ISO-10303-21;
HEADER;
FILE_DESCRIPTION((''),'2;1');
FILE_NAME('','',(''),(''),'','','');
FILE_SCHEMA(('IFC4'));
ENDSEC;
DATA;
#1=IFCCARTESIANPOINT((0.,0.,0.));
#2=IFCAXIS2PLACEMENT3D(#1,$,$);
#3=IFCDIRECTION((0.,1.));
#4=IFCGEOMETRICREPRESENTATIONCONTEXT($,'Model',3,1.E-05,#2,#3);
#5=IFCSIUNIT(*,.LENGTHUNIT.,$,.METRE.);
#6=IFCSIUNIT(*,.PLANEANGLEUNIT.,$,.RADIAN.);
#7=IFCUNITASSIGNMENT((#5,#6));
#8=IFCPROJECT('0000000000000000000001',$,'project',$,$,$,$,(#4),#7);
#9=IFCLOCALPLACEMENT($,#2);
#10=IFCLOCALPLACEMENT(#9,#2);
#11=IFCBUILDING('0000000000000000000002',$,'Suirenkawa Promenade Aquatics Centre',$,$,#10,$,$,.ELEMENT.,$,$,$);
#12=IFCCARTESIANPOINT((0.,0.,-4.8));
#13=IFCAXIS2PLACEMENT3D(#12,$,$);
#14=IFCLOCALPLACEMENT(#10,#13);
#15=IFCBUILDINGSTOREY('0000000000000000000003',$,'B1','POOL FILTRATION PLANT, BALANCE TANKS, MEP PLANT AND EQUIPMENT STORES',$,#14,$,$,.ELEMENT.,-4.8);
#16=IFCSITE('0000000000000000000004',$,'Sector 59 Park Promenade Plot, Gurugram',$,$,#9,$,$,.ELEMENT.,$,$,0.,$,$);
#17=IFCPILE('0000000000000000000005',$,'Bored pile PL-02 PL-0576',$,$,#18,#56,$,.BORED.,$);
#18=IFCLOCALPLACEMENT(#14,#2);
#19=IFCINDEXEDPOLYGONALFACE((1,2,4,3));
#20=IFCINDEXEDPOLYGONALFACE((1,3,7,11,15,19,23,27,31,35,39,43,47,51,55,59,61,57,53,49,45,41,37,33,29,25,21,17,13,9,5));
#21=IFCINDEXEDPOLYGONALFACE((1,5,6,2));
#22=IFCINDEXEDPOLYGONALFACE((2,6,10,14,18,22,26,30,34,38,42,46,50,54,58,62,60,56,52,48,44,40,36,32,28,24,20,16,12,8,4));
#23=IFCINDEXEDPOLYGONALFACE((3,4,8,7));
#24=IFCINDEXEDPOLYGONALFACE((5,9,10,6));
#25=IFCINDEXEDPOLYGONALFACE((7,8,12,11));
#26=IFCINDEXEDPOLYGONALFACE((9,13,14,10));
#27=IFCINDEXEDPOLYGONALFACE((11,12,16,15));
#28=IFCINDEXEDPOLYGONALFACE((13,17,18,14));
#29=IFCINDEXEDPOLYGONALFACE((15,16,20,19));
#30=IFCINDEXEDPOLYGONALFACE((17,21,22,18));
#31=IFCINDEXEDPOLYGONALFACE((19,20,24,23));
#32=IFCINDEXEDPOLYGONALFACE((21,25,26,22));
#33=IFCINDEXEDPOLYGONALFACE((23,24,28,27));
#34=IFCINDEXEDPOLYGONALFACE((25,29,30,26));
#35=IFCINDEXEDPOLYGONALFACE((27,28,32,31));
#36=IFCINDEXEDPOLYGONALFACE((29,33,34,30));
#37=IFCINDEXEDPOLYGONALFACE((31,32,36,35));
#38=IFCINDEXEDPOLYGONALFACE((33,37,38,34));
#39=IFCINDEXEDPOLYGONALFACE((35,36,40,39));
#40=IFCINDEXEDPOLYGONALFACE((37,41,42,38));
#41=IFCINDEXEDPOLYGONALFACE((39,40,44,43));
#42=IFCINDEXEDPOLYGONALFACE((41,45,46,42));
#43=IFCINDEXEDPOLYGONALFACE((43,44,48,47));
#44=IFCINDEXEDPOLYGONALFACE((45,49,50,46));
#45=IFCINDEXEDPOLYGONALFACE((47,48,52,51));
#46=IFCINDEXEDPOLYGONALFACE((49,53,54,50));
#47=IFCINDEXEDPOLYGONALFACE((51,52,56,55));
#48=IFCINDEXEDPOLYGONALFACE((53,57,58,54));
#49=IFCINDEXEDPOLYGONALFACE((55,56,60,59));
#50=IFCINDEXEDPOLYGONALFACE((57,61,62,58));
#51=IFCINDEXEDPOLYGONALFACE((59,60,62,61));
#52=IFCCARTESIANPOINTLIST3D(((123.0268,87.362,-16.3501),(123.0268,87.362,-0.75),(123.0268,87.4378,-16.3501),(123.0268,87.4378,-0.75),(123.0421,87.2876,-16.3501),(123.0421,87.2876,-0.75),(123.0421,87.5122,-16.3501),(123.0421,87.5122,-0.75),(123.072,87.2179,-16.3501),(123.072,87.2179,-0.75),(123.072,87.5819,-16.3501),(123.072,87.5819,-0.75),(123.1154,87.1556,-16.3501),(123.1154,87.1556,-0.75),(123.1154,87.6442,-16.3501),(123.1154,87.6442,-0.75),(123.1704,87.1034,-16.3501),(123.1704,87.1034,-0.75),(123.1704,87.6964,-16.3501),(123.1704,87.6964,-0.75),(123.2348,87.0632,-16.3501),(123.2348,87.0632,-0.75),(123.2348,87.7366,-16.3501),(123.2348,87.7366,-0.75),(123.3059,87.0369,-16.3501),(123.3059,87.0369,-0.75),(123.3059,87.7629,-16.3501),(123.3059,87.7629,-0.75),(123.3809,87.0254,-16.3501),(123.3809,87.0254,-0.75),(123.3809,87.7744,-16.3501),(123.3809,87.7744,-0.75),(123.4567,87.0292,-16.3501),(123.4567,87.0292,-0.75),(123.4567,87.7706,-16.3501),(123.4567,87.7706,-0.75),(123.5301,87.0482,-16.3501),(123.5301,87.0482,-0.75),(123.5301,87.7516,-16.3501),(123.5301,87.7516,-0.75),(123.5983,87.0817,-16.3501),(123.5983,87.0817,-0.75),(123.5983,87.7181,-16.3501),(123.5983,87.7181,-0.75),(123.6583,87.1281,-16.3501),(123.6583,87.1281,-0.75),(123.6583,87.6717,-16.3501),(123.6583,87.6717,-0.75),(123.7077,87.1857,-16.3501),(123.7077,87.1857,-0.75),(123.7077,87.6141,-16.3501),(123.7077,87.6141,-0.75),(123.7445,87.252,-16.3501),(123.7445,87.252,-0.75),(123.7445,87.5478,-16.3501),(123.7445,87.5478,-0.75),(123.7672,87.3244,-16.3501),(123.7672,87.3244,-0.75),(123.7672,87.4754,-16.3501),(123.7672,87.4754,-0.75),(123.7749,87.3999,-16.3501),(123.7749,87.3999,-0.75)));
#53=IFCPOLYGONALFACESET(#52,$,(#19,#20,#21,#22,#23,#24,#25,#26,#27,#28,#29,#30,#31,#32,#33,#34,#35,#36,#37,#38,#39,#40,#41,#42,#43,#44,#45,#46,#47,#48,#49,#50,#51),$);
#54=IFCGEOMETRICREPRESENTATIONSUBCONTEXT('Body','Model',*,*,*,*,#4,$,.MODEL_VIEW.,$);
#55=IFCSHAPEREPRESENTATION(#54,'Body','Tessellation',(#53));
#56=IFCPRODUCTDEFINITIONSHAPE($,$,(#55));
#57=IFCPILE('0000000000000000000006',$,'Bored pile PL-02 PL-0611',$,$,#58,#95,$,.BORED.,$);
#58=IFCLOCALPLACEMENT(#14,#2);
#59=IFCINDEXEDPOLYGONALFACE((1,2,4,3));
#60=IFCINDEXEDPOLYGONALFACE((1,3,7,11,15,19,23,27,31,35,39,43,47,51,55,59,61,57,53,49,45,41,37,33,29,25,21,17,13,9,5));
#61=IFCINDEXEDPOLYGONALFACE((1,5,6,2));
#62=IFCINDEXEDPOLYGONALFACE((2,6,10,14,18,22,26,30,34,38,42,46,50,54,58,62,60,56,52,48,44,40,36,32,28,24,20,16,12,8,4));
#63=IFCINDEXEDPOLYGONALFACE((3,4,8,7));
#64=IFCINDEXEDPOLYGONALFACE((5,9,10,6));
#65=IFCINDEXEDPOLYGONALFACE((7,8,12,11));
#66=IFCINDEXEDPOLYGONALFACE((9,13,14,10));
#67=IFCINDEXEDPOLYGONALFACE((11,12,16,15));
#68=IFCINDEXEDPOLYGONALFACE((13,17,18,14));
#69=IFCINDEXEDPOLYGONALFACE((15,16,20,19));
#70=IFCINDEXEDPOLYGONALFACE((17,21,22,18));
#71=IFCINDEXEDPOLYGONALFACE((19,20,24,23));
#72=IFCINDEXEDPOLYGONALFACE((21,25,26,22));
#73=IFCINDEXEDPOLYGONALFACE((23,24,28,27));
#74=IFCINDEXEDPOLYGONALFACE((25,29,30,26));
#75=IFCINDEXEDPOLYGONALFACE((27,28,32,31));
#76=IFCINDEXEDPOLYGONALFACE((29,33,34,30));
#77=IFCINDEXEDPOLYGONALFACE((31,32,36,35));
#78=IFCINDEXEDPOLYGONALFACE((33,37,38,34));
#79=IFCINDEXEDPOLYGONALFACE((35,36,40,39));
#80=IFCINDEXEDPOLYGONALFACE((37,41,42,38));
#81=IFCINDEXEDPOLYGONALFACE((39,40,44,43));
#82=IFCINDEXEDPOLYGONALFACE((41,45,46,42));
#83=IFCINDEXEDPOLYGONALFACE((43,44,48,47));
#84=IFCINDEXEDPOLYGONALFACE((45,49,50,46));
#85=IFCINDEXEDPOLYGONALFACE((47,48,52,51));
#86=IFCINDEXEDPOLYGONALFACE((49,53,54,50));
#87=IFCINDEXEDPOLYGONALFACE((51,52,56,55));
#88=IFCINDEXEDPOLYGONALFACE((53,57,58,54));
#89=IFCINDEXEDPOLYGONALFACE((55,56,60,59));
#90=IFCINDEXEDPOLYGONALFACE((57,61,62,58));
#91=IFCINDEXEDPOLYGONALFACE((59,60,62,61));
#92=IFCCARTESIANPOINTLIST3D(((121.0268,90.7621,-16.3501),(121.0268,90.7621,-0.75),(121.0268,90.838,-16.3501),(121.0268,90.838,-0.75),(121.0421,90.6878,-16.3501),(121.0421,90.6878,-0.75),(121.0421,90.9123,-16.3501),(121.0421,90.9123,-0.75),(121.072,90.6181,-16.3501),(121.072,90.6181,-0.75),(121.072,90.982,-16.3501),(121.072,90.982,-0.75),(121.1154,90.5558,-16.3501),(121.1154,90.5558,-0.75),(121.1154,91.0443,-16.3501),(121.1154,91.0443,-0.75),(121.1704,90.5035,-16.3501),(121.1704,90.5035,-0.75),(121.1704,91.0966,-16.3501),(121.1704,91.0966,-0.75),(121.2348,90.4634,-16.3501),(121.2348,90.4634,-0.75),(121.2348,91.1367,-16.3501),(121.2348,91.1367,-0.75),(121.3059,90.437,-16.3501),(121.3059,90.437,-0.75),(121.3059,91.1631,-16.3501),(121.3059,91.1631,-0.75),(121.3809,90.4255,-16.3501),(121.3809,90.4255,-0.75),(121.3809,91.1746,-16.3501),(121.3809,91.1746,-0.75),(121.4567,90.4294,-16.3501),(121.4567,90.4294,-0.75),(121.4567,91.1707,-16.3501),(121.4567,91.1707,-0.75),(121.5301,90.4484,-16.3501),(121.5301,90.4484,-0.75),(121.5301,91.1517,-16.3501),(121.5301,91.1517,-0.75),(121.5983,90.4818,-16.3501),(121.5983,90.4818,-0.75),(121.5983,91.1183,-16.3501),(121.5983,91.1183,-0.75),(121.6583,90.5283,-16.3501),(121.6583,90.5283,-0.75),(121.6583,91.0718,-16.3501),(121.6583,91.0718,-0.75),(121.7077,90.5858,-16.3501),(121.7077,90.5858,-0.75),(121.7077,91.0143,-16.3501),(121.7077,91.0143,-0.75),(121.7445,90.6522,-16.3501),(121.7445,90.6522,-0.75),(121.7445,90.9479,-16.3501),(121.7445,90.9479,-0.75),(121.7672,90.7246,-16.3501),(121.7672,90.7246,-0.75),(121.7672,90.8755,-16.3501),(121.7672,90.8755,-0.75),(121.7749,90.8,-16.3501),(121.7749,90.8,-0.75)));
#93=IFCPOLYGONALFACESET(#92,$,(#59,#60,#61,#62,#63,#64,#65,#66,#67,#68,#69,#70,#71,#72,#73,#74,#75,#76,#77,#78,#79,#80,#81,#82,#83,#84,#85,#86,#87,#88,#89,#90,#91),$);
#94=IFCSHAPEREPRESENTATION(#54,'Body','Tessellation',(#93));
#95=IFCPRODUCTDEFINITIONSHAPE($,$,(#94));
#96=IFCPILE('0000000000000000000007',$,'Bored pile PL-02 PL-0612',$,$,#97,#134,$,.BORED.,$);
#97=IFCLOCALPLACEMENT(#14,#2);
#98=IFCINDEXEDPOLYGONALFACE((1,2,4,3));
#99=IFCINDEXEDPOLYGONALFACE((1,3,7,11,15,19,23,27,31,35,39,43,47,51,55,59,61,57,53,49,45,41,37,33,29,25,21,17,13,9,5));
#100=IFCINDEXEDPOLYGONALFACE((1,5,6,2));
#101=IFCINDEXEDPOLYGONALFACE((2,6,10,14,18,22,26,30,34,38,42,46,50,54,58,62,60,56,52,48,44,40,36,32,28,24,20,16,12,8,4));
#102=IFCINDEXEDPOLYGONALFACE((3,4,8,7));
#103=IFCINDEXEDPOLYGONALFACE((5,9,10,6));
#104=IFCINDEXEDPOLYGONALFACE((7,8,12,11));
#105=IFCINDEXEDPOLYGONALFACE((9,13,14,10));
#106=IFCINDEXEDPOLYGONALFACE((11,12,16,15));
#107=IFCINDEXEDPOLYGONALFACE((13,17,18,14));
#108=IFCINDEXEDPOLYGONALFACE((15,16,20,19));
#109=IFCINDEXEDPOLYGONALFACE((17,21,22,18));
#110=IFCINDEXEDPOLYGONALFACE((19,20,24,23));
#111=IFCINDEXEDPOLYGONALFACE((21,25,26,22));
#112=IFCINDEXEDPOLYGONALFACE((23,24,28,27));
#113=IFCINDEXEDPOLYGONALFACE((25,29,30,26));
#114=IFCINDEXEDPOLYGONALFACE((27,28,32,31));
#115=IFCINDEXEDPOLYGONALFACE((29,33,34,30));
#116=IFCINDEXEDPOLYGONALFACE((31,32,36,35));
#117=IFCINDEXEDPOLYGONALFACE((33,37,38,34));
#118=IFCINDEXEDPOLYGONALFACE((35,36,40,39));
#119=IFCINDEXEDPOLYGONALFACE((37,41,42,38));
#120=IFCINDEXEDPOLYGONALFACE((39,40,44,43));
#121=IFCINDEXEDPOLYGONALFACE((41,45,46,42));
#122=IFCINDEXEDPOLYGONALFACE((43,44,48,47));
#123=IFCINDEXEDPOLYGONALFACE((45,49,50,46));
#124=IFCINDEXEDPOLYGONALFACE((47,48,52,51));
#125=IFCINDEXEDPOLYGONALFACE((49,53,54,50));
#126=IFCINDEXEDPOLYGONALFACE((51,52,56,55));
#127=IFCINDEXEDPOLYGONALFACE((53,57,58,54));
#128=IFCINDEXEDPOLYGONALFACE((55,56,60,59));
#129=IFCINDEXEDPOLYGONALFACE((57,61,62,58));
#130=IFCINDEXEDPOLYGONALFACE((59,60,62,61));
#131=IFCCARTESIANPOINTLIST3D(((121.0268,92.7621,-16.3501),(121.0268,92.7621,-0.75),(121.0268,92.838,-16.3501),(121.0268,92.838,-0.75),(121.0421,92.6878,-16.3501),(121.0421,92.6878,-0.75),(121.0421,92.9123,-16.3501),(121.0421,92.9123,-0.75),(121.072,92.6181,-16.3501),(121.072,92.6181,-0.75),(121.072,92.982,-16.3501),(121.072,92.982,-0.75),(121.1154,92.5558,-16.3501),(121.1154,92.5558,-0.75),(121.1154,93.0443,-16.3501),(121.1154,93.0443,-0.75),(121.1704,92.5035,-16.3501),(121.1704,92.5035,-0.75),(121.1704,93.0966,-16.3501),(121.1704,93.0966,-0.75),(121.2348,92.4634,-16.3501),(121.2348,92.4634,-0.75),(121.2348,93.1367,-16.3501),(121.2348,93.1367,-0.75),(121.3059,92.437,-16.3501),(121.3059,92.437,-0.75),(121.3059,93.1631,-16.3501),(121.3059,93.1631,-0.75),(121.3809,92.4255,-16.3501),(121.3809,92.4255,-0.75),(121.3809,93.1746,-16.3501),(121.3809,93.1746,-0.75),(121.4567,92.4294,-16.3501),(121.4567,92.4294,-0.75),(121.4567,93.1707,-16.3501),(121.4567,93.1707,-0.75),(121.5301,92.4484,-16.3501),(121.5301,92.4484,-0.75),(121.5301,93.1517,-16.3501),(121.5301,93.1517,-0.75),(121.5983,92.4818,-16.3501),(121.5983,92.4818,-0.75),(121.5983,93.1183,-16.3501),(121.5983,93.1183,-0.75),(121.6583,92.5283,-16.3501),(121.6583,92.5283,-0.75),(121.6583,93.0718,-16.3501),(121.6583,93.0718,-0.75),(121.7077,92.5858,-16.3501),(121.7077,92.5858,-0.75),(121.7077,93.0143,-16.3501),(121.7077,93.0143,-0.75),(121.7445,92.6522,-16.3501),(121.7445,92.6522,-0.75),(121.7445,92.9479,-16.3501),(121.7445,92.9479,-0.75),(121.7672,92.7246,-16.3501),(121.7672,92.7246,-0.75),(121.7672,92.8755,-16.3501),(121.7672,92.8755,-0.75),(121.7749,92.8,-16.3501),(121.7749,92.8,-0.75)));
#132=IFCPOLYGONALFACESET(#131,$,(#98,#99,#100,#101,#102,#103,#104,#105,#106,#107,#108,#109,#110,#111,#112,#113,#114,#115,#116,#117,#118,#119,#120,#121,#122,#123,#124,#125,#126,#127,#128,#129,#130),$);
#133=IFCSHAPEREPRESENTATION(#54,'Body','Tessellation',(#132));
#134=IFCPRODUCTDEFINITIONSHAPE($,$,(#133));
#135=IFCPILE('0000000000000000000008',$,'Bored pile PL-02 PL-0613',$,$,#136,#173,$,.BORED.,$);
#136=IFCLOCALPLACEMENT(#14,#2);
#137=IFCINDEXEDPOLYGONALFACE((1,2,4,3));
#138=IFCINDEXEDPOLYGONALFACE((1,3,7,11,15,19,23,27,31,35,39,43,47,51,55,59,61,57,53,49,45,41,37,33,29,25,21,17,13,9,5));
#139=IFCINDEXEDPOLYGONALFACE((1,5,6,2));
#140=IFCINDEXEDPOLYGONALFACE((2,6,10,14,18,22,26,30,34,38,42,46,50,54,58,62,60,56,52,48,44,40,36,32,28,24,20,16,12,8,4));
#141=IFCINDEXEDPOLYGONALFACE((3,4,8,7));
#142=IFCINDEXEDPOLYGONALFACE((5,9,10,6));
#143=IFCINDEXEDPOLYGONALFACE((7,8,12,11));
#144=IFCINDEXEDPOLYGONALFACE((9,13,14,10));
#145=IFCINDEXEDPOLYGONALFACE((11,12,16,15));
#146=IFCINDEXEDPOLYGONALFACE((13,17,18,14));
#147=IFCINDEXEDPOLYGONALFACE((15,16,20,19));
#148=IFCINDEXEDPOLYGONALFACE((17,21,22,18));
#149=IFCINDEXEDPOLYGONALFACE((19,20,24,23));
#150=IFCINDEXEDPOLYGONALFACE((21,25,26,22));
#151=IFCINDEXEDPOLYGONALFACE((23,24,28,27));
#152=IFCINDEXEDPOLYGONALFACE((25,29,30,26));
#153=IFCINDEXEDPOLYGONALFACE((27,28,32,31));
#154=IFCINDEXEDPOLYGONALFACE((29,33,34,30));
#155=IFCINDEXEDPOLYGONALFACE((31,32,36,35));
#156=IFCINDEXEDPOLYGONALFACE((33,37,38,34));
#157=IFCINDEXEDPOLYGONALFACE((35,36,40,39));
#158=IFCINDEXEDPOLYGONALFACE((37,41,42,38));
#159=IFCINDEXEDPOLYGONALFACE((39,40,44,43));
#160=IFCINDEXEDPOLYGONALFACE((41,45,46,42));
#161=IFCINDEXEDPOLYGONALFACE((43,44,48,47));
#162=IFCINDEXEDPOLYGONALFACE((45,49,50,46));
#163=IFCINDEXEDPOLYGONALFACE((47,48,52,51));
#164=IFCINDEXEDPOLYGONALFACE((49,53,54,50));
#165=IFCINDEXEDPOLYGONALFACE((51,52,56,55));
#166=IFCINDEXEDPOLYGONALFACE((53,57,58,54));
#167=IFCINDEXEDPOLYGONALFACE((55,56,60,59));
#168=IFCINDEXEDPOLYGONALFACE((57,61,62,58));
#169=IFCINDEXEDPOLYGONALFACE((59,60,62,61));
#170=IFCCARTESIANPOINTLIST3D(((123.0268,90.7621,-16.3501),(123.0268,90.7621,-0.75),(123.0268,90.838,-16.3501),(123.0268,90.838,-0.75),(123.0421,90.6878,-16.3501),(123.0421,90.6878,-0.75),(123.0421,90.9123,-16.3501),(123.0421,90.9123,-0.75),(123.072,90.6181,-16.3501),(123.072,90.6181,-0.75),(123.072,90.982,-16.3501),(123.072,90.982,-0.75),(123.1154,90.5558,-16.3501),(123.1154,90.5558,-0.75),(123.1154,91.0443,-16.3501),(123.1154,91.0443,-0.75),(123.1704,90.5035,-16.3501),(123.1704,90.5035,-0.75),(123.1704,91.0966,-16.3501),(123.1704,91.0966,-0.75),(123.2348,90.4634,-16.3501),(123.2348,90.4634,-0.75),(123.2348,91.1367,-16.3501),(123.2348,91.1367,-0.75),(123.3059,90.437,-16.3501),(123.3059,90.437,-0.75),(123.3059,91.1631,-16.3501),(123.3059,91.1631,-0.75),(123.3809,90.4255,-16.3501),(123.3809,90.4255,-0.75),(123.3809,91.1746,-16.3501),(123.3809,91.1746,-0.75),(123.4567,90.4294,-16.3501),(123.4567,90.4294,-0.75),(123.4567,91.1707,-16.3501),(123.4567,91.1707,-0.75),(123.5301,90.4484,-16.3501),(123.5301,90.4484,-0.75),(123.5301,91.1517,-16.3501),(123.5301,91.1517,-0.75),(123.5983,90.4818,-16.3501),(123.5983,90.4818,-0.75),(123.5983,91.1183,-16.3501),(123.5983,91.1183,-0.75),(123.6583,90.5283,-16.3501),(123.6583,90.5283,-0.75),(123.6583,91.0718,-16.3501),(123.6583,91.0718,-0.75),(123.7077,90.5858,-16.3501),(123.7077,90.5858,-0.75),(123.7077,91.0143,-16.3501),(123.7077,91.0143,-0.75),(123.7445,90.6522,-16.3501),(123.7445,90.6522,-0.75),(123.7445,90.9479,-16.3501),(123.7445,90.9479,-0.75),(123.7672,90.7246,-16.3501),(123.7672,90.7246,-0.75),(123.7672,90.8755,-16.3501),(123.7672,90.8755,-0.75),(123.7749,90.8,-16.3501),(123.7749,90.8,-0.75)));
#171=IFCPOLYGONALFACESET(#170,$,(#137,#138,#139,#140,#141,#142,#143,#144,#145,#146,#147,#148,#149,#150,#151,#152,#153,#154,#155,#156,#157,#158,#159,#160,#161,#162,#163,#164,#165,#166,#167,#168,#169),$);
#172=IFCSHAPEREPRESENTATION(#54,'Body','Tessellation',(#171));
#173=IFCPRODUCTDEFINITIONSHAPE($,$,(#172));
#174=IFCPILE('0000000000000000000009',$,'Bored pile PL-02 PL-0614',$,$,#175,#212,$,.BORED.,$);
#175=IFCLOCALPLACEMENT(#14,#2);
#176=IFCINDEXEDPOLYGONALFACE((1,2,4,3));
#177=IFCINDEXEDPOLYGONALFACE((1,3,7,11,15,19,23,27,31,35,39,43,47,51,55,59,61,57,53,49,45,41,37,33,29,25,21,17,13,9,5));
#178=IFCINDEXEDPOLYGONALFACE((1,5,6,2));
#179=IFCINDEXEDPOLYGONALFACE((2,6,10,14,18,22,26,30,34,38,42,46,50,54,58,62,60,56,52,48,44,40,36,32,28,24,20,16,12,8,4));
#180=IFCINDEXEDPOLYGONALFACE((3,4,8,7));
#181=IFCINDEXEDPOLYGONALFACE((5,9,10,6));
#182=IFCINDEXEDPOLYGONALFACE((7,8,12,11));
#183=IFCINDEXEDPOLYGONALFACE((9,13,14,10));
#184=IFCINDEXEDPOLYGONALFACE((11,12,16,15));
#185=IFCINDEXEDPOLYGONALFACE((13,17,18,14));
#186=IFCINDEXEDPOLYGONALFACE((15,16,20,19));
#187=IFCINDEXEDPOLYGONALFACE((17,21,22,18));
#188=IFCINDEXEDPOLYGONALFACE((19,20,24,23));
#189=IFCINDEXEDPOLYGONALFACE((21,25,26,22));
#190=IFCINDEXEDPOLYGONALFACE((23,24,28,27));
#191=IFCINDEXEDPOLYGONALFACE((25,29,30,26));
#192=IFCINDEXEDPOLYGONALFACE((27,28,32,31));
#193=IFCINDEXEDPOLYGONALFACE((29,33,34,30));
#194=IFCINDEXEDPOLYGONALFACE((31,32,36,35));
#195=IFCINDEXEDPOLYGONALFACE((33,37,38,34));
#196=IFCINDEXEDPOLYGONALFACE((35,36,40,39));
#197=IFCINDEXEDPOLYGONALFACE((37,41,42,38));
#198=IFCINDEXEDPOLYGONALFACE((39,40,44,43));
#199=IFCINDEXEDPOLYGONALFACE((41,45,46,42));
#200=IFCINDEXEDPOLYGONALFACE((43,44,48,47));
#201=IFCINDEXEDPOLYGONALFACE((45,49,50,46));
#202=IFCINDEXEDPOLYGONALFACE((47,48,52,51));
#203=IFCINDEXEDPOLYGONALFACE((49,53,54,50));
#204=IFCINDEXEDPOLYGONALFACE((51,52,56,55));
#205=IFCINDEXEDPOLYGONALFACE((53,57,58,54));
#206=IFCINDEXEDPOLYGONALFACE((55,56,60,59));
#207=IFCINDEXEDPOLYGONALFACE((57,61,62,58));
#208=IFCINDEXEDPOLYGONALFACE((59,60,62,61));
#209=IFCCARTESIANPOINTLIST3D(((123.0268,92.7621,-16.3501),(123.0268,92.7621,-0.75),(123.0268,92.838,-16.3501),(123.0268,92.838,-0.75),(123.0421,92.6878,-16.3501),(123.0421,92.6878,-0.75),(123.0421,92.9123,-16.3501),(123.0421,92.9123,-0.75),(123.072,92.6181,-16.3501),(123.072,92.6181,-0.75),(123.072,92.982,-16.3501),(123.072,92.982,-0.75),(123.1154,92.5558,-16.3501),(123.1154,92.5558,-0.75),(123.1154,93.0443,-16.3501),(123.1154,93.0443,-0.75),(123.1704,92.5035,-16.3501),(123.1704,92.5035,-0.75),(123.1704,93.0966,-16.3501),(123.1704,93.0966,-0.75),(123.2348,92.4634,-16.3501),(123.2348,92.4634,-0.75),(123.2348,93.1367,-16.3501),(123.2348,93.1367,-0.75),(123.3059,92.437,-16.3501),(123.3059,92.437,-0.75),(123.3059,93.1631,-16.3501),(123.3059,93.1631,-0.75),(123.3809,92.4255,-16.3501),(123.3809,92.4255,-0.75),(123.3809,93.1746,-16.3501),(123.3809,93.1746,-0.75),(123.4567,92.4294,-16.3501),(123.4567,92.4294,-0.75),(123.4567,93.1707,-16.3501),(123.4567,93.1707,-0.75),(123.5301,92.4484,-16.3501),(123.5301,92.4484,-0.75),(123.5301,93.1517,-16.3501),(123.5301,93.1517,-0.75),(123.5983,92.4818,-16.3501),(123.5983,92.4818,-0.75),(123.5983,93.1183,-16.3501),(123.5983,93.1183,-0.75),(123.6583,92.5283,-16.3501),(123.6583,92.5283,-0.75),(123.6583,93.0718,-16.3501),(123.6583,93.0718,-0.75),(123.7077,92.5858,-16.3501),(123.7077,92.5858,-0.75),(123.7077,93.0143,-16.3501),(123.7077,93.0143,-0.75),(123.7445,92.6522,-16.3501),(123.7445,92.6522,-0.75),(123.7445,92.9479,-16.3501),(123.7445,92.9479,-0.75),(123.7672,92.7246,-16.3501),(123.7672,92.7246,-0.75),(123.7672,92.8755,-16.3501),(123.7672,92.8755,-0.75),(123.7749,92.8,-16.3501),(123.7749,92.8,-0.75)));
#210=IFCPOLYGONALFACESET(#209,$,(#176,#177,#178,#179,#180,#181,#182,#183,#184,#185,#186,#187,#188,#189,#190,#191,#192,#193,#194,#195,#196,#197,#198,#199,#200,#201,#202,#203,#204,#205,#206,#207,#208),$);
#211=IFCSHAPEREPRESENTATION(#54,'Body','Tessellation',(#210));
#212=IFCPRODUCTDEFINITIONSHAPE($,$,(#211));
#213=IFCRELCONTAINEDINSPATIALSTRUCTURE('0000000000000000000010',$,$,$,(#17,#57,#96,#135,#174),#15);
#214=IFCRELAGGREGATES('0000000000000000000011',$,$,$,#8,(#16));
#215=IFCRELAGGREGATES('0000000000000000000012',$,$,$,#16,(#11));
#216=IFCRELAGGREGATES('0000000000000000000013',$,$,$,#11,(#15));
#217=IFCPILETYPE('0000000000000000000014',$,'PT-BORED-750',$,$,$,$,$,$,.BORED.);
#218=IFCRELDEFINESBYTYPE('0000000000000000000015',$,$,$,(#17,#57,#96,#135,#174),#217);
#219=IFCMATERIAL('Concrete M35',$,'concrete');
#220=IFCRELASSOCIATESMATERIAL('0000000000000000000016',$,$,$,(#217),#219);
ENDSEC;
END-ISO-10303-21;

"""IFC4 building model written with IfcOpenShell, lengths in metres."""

from ifc_helpers import new_model, si_unit, direction, frame, origin, origin_2d, place, context, subcontext, project, spatial, circle, extrude, material, material_profile, profile_set, type_object, element, save


model = new_model("IFC4")

# Units and contexts
model_context = context("Model", 3, precision=1e-05, world=origin(), true_north=direction((0.0, 1.0)))
body_context = subcontext(model_context, "Body", "Model", "MODEL_VIEW")
ifc_project = project(units=[si_unit("LENGTHUNIT", "METRE"), si_unit("PLANEANGLEUNIT", "RADIAN")], contexts=[model_context])

# Site, building, storey
site_placement = place(None, origin())
site = spatial("IfcSite", under=ifc_project, at=site_placement, Name="Sector 59 Park Promenade Plot, Gurugram", CompositionType="ELEMENT", RefElevation=0.0)
building_placement = place(site_placement, origin())
building = spatial("IfcBuilding", under=site, at=building_placement, Name="Suirenkawa Promenade Aquatics Centre", CompositionType="ELEMENT")
storey_placement = place(building_placement, frame((0.0, 0.0, -4.8)))
storey = spatial("IfcBuildingStorey", under=building, at=storey_placement, Name="B1", Description="POOL FILTRATION PLANT, BALANCE TANKS, MEP PLANT AND EQUIPMENT STORES", CompositionType="ELEMENT", Elevation=-4.8)

# Shared definitions
ifc_material_1 = material(Name="Concrete M35", Category="concrete")

# Piles
ifc_material_profile_1 = material_profile(ifc_material_1, circle(Radius=0.375, at=origin_2d()), Name="PILE D750", Category="concrete")
ifc_profile_set_1 = profile_set([ifc_material_profile_1], Name="Concrete M35")
pile_type_1 = type_object("IfcPileType", Name="PT-BORED-750", PredefinedType="BORED", material=ifc_profile_set_1)
for number, where, z_axis, x_axis, name in (
    (1, (123.3999, 87.3999, -0.75), (0.0, 0.0, -1.0), (1.0, 0.0, 0.0), "Bored pile PL-02 PL-0576"),
    (2, (121.3999, 90.8, -0.75), (0.0, 0.0, -1.0), (1.0, 0.0, 0.0), "Bored pile PL-02 PL-0611"),
    (3, (121.3999, 92.8, -0.75), (0.0, 0.0, -1.0), (1.0, 0.0, 0.0), "Bored pile PL-02 PL-0612"),
    (4, (123.3999, 90.8, -0.75), (0.0, 0.0, -1.0), (1.0, 0.0, 0.0), "Bored pile PL-02 PL-0613"),
    (5, (123.3999, 92.8, -0.75), (0.0, 0.0, -1.0), (1.0, 0.0, 0.0), "Bored pile PL-02 PL-0614"),
):
    element("IfcPile", number, at=place(storey_placement, frame(where, z_axis=z_axis, x_axis=x_axis)), inside=storey, type_object=pile_type_1, Name=name, PredefinedType="BORED", context=body_context, shape_type="SweptSolid", body=[
        extrude(circle(Radius=0.375, at=origin_2d()), origin(), (0.0, 0.0, 1.0), 15.6001),
    ])

save(model, "model.ifc")
